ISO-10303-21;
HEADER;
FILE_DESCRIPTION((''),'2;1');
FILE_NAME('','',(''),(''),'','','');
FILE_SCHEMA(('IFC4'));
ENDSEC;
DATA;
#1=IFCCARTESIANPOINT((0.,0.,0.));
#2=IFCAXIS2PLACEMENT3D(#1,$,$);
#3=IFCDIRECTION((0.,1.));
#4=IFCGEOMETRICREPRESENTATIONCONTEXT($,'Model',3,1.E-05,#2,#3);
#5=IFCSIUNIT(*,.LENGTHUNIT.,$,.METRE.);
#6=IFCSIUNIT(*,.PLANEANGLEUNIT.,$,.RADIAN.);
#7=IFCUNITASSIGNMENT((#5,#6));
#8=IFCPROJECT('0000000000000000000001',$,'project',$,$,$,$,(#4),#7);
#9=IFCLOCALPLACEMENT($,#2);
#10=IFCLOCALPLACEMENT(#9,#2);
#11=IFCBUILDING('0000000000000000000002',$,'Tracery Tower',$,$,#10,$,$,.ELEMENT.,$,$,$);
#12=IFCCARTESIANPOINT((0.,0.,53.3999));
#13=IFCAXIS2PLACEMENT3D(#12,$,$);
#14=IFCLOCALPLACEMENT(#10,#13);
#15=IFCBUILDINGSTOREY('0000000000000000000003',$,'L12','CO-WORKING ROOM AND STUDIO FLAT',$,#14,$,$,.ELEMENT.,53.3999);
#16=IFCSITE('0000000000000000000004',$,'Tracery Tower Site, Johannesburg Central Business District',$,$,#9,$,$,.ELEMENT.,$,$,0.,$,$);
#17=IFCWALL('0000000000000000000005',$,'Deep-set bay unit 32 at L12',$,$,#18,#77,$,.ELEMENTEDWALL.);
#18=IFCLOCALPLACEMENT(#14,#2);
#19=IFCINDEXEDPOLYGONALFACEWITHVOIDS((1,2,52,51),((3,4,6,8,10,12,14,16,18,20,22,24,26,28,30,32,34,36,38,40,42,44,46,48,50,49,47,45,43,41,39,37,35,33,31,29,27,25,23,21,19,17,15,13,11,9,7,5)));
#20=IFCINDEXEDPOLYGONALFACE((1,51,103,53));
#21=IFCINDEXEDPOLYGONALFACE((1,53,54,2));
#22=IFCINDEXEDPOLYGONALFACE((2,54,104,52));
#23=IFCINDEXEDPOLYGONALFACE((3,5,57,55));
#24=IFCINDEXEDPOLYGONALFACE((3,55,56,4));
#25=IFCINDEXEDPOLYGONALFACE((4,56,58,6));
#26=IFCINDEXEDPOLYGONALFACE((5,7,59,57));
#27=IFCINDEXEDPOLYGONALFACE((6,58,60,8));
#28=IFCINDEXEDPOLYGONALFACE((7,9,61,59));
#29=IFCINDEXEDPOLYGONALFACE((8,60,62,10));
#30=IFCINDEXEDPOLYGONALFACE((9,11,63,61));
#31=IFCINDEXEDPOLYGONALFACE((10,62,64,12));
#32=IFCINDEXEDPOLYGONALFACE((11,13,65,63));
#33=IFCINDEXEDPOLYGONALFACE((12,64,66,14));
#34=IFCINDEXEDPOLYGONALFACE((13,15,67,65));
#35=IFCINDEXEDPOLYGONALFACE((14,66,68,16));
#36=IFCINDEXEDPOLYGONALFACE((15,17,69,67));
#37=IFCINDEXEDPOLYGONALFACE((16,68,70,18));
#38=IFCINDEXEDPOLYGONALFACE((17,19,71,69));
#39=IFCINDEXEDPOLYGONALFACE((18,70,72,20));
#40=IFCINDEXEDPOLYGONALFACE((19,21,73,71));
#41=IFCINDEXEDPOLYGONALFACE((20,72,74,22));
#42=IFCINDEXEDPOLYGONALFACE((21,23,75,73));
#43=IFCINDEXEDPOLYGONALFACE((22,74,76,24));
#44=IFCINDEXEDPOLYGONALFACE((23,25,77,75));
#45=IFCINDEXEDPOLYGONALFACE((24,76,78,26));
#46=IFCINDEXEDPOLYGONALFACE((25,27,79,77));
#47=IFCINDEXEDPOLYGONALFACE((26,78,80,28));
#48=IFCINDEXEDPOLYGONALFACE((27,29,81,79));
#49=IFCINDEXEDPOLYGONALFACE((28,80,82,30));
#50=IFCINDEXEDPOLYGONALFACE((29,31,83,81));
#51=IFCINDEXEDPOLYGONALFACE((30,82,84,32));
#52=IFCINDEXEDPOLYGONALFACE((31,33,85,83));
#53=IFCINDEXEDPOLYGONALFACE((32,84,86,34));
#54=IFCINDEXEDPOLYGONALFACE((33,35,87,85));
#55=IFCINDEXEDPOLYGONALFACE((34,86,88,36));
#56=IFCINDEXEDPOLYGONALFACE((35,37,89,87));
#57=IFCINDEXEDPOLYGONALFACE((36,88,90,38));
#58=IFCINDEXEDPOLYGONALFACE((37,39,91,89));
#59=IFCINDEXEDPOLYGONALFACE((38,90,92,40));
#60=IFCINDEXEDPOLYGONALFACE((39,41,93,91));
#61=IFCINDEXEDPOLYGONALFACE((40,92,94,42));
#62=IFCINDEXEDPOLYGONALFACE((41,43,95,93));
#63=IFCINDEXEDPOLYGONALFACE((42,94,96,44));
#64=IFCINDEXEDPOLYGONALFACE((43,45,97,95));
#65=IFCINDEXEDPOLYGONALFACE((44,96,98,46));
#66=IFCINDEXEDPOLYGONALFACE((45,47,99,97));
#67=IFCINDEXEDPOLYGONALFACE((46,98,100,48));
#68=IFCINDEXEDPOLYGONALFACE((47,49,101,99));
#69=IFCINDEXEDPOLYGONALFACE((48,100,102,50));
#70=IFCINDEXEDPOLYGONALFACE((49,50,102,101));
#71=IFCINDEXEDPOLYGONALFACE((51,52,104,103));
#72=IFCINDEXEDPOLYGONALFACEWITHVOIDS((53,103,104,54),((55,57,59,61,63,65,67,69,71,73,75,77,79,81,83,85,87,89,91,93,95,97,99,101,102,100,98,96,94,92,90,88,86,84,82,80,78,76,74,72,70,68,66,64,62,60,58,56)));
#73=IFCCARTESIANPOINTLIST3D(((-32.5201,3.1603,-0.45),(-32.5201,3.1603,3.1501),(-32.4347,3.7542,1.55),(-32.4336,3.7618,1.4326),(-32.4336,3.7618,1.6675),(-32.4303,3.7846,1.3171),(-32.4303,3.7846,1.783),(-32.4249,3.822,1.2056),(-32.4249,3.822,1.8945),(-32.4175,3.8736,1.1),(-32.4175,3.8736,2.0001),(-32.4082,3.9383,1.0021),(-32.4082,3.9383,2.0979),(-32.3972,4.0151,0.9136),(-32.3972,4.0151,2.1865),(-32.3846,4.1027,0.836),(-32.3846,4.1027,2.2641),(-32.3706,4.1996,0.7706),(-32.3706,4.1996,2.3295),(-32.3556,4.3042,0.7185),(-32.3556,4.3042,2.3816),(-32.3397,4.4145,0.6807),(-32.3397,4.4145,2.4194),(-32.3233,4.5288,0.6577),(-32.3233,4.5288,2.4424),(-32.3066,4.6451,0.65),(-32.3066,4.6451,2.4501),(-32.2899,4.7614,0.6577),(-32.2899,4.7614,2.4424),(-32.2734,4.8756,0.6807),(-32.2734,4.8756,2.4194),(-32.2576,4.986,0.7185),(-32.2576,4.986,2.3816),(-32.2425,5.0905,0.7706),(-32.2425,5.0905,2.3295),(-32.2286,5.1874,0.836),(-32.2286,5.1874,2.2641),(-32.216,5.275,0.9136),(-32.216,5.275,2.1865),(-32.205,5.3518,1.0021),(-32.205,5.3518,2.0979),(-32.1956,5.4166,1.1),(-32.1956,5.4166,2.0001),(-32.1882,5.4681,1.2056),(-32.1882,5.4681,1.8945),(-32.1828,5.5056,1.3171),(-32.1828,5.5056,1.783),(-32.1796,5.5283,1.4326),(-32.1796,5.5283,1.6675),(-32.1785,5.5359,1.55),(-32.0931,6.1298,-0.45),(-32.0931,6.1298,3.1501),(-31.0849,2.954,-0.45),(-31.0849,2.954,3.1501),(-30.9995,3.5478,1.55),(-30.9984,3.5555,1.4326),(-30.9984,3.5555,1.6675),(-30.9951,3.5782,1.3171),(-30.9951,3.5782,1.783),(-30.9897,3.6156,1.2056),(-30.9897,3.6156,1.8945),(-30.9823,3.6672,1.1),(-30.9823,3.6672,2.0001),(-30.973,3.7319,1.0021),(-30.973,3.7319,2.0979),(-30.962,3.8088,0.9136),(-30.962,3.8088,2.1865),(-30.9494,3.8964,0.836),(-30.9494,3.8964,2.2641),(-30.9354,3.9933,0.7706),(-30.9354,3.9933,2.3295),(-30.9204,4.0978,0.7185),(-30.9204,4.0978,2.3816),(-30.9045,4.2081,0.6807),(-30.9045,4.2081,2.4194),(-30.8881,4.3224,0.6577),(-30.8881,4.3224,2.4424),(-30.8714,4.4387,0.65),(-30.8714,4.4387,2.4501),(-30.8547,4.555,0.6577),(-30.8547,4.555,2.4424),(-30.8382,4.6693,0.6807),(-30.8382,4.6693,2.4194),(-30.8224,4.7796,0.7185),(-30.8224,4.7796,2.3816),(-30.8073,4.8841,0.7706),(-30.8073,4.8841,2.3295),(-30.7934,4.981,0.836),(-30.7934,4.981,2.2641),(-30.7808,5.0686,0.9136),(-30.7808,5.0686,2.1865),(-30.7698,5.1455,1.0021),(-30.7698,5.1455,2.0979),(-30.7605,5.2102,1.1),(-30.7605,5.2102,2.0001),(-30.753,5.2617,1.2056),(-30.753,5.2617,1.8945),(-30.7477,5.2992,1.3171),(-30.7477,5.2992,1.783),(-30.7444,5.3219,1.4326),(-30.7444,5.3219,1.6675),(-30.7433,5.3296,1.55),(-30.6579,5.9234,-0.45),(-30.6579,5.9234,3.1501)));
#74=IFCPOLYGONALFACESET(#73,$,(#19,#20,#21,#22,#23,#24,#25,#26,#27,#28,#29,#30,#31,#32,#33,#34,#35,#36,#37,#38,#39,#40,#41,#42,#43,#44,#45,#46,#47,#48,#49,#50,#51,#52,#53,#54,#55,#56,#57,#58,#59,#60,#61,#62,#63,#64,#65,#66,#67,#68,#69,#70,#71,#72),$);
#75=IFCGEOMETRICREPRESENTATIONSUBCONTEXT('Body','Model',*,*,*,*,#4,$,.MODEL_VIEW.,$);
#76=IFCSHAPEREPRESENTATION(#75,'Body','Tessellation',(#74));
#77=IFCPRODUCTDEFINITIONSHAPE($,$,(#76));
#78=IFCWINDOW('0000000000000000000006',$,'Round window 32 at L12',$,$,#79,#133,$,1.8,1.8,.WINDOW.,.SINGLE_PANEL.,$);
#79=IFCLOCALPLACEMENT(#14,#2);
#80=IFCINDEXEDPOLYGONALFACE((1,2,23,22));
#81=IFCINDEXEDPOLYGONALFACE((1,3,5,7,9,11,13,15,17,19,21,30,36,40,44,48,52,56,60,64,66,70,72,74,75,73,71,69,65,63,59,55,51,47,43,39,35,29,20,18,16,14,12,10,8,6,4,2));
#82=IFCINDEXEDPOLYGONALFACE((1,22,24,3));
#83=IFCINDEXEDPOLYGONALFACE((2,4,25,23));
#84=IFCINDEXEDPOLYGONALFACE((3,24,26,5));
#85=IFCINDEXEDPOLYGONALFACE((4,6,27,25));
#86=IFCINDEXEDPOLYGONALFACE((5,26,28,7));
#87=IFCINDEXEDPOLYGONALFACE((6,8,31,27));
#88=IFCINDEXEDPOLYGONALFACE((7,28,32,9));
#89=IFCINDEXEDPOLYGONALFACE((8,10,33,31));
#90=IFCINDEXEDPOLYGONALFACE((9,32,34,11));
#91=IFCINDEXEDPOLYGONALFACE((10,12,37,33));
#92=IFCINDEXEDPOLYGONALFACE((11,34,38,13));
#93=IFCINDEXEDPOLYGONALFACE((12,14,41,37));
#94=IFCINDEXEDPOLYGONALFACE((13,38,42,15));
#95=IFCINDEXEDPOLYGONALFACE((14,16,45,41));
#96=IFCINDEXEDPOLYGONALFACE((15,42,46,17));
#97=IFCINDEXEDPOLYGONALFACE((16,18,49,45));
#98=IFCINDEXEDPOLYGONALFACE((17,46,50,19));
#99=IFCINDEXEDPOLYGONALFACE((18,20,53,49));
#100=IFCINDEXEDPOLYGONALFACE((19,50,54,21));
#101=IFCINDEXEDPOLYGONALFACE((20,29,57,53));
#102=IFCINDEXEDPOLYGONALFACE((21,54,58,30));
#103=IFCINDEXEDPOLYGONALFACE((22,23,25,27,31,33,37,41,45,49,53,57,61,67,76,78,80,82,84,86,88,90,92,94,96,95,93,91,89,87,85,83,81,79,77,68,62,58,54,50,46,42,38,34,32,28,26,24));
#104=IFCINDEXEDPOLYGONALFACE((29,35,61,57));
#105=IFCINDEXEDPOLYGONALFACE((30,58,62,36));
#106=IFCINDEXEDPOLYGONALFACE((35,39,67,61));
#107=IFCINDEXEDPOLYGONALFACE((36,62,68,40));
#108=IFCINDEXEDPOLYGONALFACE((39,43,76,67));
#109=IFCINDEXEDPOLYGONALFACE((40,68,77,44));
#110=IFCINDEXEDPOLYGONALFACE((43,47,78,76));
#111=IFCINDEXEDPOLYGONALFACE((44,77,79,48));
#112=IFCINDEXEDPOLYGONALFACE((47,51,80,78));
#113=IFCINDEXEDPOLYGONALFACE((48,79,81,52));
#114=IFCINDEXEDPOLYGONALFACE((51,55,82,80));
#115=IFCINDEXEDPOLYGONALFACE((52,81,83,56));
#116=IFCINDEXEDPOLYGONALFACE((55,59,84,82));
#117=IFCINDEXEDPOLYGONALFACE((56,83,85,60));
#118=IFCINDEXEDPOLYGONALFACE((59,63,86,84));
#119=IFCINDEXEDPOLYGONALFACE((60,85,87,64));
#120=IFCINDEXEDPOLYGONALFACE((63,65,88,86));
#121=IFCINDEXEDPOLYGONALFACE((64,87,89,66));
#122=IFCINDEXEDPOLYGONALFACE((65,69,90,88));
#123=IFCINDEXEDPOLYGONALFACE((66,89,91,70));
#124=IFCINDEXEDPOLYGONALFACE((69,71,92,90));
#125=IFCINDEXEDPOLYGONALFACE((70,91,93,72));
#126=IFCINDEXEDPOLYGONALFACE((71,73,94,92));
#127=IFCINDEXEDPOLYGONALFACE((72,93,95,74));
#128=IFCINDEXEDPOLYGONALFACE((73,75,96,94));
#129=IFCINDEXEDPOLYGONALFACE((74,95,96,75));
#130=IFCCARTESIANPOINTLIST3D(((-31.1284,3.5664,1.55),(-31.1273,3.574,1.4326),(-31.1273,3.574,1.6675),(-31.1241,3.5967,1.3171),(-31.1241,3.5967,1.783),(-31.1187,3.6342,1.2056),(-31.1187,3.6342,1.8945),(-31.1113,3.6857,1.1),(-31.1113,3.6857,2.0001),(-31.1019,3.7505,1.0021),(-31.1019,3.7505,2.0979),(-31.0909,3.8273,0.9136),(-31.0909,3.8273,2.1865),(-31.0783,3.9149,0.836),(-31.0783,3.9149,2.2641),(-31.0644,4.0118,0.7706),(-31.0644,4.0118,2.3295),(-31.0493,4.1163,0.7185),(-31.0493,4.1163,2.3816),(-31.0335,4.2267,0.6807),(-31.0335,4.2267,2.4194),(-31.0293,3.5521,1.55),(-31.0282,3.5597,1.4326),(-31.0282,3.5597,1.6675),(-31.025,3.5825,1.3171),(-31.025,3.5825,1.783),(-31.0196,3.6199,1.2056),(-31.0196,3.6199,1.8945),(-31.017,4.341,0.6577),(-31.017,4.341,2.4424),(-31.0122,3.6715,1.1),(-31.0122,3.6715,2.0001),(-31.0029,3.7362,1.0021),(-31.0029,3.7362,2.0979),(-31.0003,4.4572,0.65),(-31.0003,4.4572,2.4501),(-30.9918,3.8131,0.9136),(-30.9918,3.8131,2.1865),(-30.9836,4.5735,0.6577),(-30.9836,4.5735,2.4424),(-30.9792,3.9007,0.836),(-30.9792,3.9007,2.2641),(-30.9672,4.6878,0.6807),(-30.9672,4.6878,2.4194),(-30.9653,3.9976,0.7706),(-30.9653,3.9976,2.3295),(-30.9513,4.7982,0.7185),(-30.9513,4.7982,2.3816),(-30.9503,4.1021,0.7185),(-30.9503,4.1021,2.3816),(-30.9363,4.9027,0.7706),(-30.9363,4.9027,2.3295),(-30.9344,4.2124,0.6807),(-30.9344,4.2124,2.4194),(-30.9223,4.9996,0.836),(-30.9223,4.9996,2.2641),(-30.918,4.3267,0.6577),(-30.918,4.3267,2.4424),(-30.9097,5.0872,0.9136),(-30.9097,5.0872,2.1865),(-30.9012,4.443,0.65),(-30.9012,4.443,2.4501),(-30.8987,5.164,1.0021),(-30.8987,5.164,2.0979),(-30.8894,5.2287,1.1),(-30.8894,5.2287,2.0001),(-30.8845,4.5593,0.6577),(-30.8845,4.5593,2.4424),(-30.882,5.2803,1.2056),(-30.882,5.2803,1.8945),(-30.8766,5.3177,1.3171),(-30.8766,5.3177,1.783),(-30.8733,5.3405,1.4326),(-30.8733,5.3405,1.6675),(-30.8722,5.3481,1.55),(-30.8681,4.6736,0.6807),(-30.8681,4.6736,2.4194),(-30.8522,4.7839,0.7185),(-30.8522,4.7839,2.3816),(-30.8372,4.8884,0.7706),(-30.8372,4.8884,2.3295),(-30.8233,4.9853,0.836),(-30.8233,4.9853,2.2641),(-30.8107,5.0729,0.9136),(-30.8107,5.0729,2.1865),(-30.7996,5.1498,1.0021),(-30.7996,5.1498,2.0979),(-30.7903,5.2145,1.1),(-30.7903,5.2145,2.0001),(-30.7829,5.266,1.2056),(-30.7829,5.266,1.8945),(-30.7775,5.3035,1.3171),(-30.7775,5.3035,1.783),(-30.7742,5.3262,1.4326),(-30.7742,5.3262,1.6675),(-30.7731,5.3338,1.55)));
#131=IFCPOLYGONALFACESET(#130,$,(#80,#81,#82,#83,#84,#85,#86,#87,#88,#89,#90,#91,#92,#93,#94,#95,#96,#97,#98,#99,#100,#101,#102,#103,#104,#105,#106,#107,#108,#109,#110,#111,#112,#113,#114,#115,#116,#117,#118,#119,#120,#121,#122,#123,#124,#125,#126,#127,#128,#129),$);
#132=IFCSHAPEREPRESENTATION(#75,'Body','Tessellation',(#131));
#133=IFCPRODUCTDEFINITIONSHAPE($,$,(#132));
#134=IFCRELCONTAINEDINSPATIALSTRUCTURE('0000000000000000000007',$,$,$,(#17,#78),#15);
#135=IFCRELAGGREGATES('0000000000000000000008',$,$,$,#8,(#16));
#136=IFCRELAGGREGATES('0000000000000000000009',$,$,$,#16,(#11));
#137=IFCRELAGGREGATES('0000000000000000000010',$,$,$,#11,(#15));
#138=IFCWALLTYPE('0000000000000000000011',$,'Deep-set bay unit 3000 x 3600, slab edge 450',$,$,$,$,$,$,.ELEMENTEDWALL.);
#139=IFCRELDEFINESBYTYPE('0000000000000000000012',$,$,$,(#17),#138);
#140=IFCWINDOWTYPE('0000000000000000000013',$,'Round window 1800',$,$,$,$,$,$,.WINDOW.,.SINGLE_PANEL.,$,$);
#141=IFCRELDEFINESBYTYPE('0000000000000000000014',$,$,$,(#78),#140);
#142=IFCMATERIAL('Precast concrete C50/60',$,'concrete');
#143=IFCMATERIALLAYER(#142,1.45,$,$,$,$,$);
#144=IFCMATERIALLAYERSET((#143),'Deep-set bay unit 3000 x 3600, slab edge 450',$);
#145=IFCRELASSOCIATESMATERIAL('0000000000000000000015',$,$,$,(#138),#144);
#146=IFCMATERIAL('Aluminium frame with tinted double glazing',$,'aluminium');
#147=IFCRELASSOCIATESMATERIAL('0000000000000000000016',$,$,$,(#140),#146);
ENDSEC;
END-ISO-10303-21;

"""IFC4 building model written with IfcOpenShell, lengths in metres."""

from ifc_helpers import new_model, si_unit, direction, frame, frame_2d, origin, origin_2d, place, context, subcontext, project, spatial, rectangle, circle, extrude, material, layer, layer_set, type_object, element, fill, save


model = new_model("IFC4")

# Units and contexts
model_context = context("Model", 3, precision=1e-05, world=origin(), true_north=direction((0.0, 1.0)))
body_context = subcontext(model_context, "Body", "Model", "MODEL_VIEW")
ifc_project = project(units=[si_unit("LENGTHUNIT", "METRE"), si_unit("PLANEANGLEUNIT", "RADIAN")], contexts=[model_context])

# Site, building, storey
site_placement = place(None, origin())
site = spatial("IfcSite", under=ifc_project, at=site_placement, Name="Tracery Tower Site, Johannesburg Central Business District", CompositionType="ELEMENT", RefElevation=0.0)
building_placement = place(site_placement, origin())
building = spatial("IfcBuilding", under=site, at=building_placement, Name="Tracery Tower", CompositionType="ELEMENT")
storey_placement = place(building_placement, frame((0.0, 0.0, 53.3999)))
storey = spatial("IfcBuildingStorey", under=building, at=storey_placement, Name="L12", Description="CO-WORKING ROOM AND STUDIO FLAT", CompositionType="ELEMENT", Elevation=53.3999)

# Wall, opening, window
ifc_material_1 = material(Name="Precast concrete C50/60", Category="concrete")
ifc_layer_1 = layer(ifc_material_1, 1.45)
ifc_layer_set_1 = layer_set([ifc_layer_1], Name="Deep-set bay unit 3000 x 3600, slab edge 450")
wall_type_1 = type_object("IfcWallType", Name="Deep-set bay unit 3000 x 3600, slab edge 450", PredefinedType="ELEMENTEDWALL", material=ifc_layer_set_1)
wall_1_placement = place(storey_placement, frame((-31.3755, 6.0266, -0.45), z_axis=(0.0, 0.0, 1.0), x_axis=(-0.142333, -0.989819, 0.0)))
wall_1 = element("IfcWall", 1, at=wall_1_placement, inside=storey, type_object=wall_type_1, Name="Deep-set bay unit 32 at L12", PredefinedType="ELEMENTEDWALL", context=body_context, shape_type="SweptSolid", body=[
    extrude(rectangle(XDim=3.0, YDim=1.45, at=frame_2d((1.5, 0.0))), origin(), (0.0, 0.0, 1.0), 3.6001),
])
opening_1_placement = place(wall_1_placement, frame((1.5, 0.0, 2.0)))
opening_1 = element("IfcOpeningElement", 2, at=opening_1_placement, cuts=wall_1, PredefinedType="OPENING", context=body_context, shape_type="SweptSolid", body=[
    extrude(circle(Radius=0.9, at=origin_2d()), frame((0.0, 0.7349, 0.0), z_axis=(0.0, -1.0, 0.0), x_axis=(1.0, 0.0, 0.0)), (0.0, 0.0, 1.0), 1.47),
])
ifc_material_2 = material(Name="Aluminium frame with tinted double glazing", Category="aluminium")
window_type = type_object("IfcWindowType", Name="Round window 1800", PartitioningType="SINGLE_PANEL", PredefinedType="WINDOW", material=ifc_material_2)
window_1_placement = place(opening_1_placement, origin())
window_1 = element("IfcWindow", 3, at=window_1_placement, inside=storey, type_object=window_type, Name="Round window 32 at L12", OverallHeight=1.8, OverallWidth=1.8, PartitioningType="SINGLE_PANEL", PredefinedType="WINDOW", context=body_context, shape_type="SweptSolid", body=[
    extrude(circle(Radius=0.9, at=origin_2d()), frame((0.0, 0.6948, 0.0), z_axis=(0.0, -1.0, 0.0), x_axis=(1.0, 0.0, 0.0)), (0.0, 0.0, 1.0), 0.1001),
])
fill(opening_1, window_1)

save(model, "model.ifc")
